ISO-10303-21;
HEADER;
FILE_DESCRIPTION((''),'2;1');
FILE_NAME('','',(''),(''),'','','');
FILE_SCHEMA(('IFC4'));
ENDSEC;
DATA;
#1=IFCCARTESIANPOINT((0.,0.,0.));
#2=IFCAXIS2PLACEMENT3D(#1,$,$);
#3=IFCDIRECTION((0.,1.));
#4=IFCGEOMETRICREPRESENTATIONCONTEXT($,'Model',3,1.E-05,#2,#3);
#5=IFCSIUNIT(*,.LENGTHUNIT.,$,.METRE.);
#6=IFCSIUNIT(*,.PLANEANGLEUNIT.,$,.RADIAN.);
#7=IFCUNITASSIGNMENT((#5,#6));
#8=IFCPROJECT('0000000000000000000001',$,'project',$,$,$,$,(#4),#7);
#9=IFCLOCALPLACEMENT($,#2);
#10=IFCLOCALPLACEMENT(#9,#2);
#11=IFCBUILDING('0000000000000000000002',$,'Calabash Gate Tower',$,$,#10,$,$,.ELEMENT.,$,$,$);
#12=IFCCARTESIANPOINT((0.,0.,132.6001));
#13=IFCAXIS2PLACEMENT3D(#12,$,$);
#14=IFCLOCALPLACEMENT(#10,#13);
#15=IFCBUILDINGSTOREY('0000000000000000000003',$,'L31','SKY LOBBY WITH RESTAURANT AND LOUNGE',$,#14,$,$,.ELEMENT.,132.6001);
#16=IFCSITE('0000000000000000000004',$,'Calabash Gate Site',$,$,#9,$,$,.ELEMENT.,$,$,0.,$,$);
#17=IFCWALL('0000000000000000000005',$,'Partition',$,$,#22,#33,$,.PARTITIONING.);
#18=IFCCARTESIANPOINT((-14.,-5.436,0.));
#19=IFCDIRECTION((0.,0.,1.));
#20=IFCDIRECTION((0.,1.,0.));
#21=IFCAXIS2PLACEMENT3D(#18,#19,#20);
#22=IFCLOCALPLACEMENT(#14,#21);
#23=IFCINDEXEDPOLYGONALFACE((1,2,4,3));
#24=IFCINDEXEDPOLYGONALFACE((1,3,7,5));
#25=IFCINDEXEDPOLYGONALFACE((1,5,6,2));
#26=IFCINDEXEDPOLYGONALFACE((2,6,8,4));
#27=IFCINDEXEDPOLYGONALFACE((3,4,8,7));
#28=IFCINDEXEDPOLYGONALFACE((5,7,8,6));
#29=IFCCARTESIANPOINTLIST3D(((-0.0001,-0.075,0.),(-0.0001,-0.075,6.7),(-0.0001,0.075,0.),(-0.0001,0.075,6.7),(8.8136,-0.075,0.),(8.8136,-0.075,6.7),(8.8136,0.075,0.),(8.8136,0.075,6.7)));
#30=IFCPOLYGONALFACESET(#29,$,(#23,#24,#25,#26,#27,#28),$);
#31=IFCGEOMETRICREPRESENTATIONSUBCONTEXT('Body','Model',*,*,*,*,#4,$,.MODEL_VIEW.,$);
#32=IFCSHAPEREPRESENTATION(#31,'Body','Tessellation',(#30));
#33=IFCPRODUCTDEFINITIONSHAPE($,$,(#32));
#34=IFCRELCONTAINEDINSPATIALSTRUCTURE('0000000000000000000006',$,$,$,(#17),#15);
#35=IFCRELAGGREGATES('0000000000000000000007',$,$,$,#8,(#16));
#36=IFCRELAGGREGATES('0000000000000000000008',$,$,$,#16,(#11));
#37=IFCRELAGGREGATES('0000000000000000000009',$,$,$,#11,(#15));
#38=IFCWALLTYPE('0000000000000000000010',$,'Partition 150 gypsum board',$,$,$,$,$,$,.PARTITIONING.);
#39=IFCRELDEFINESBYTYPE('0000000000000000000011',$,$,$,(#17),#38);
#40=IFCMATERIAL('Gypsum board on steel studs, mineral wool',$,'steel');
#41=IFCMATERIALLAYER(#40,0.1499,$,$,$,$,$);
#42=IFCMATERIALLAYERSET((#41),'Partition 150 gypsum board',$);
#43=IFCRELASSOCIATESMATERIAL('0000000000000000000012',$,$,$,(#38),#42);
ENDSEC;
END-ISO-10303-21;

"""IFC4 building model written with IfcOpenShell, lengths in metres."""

from ifc_helpers import new_model, si_unit, direction, frame, frame_2d, origin, place, context, subcontext, project, spatial, rectangle, extrude, material, layer, layer_set, type_object, element, save


model = new_model("IFC4")

# Units and contexts
model_context = context("Model", 3, precision=1e-05, world=origin(), true_north=direction((0.0, 1.0)))
body_context = subcontext(model_context, "Body", "Model", "MODEL_VIEW")
ifc_project = project(units=[si_unit("LENGTHUNIT", "METRE"), si_unit("PLANEANGLEUNIT", "RADIAN")], contexts=[model_context])

# Site, building, storey
site_placement = place(None, origin())
site = spatial("IfcSite", under=ifc_project, at=site_placement, Name="Calabash Gate Site", CompositionType="ELEMENT", RefElevation=0.0)
building_placement = place(site_placement, origin())
building = spatial("IfcBuilding", under=site, at=building_placement, Name="Calabash Gate Tower", CompositionType="ELEMENT")
storey_placement = place(building_placement, frame((0.0, 0.0, 132.6001)))
storey = spatial("IfcBuildingStorey", under=building, at=storey_placement, Name="L31", Description="SKY LOBBY WITH RESTAURANT AND LOUNGE", CompositionType="ELEMENT", Elevation=132.6001)

# Wall
ifc_material_1 = material(Name="Gypsum board on steel studs, mineral wool", Category="steel")
ifc_layer_1 = layer(ifc_material_1, 0.1499)
ifc_layer_set_1 = layer_set([ifc_layer_1], Name="Partition 150 gypsum board")
wall_type_1 = type_object("IfcWallType", Name="Partition 150 gypsum board", PredefinedType="PARTITIONING", material=ifc_layer_set_1)
wall_1_placement = place(storey_placement, frame((-14.0, -5.436, 0.0), z_axis=(0.0, 0.0, 1.0), x_axis=(0.0, 1.0, 0.0)))
element("IfcWall", 1, at=wall_1_placement, inside=storey, type_object=wall_type_1, Name="Partition", PredefinedType="PARTITIONING", context=body_context, shape_type="SweptSolid", body=[
    extrude(rectangle(XDim=8.8137, YDim=0.1499, at=frame_2d((4.4067, 0.0))), origin(), (0.0, 0.0, 1.0), 6.7),
])

save(model, "model.ifc")
